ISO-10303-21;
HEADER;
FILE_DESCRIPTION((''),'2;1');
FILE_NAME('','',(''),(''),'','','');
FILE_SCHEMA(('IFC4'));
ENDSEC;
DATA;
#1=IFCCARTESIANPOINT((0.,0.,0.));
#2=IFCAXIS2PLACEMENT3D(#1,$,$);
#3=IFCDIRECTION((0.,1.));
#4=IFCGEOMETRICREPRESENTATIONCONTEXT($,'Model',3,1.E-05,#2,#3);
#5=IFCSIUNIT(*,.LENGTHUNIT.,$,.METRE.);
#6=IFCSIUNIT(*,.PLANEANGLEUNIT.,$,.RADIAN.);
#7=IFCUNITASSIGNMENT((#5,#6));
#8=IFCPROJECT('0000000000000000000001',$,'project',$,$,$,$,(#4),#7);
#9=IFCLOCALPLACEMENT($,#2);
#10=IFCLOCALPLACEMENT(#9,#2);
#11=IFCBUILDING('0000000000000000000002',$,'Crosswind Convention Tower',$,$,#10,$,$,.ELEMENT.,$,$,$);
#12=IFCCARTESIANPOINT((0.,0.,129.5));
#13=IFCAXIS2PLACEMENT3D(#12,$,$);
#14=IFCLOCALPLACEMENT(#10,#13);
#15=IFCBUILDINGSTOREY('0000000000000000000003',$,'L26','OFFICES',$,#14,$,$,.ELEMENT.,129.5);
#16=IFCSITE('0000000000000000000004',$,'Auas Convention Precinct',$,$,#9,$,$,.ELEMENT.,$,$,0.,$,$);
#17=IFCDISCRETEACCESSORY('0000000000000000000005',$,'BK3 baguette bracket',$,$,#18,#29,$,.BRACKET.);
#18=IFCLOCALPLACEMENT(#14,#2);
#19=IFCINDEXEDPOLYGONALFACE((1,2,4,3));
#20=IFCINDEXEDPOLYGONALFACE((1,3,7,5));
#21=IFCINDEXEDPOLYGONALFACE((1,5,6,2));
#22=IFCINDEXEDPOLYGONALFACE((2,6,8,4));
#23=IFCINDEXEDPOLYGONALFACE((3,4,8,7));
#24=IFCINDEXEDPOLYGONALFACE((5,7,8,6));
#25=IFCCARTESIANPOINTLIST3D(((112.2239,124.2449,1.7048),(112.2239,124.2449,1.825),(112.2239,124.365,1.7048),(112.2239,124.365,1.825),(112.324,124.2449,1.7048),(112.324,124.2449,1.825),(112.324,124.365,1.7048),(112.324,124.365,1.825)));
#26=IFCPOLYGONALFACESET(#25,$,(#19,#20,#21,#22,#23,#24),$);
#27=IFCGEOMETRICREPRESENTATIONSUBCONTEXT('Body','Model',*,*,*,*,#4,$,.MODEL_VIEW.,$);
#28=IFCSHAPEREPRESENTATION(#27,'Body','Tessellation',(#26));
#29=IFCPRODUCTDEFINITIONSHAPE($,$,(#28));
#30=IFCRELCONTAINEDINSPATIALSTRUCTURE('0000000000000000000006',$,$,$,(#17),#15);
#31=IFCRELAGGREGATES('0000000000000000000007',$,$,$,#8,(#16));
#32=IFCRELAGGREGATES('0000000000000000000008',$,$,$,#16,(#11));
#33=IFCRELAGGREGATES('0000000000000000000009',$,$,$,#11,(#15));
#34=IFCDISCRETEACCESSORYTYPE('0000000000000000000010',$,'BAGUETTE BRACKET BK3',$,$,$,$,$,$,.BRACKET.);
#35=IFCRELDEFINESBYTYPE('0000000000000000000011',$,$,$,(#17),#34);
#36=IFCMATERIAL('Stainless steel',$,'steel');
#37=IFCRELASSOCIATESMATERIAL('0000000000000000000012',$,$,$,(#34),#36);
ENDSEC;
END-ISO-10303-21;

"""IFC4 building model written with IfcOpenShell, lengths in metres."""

from ifc_helpers import new_model, si_unit, direction, frame, origin, origin_2d, place, context, subcontext, project, spatial, rectangle, extrude, material, type_object, element, save


model = new_model("IFC4")

# Units and contexts
model_context = context("Model", 3, precision=1e-05, world=origin(), true_north=direction((0.0, 1.0)))
body_context = subcontext(model_context, "Body", "Model", "MODEL_VIEW")
ifc_project = project(units=[si_unit("LENGTHUNIT", "METRE"), si_unit("PLANEANGLEUNIT", "RADIAN")], contexts=[model_context])

# Site, building, storey
site_placement = place(None, origin())
site = spatial("IfcSite", under=ifc_project, at=site_placement, Name="Auas Convention Precinct", CompositionType="ELEMENT", RefElevation=0.0)
building_placement = place(site_placement, origin())
building = spatial("IfcBuilding", under=site, at=building_placement, Name="Crosswind Convention Tower", CompositionType="ELEMENT")
storey_placement = place(building_placement, frame((0.0, 0.0, 129.5)))
storey = spatial("IfcBuildingStorey", under=building, at=storey_placement, Name="L26", Description="OFFICES", CompositionType="ELEMENT", Elevation=129.5)

# Discrete accessory
ifc_material_1 = material(Name="Stainless steel", Category="steel")
discrete_accessory_type = type_object("IfcDiscreteAccessoryType", Name="BAGUETTE BRACKET BK3", PredefinedType="BRACKET", material=ifc_material_1)
discrete_accessory_placement = place(storey_placement, frame((112.2739, 124.3049, 1.7048), z_axis=(0.0, 0.0, 1.0), x_axis=(0.0, -1.0, 0.0)))
element("IfcDiscreteAccessory", 1, at=discrete_accessory_placement, inside=storey, type_object=discrete_accessory_type, Name="BK3 baguette bracket", PredefinedType="BRACKET", context=body_context, shape_type="SweptSolid", body=[
    extrude(rectangle(XDim=0.1201, YDim=0.1001, at=origin_2d()), origin(), (0.0, 0.0, 1.0), 0.1201),
])

save(model, "model.ifc")
